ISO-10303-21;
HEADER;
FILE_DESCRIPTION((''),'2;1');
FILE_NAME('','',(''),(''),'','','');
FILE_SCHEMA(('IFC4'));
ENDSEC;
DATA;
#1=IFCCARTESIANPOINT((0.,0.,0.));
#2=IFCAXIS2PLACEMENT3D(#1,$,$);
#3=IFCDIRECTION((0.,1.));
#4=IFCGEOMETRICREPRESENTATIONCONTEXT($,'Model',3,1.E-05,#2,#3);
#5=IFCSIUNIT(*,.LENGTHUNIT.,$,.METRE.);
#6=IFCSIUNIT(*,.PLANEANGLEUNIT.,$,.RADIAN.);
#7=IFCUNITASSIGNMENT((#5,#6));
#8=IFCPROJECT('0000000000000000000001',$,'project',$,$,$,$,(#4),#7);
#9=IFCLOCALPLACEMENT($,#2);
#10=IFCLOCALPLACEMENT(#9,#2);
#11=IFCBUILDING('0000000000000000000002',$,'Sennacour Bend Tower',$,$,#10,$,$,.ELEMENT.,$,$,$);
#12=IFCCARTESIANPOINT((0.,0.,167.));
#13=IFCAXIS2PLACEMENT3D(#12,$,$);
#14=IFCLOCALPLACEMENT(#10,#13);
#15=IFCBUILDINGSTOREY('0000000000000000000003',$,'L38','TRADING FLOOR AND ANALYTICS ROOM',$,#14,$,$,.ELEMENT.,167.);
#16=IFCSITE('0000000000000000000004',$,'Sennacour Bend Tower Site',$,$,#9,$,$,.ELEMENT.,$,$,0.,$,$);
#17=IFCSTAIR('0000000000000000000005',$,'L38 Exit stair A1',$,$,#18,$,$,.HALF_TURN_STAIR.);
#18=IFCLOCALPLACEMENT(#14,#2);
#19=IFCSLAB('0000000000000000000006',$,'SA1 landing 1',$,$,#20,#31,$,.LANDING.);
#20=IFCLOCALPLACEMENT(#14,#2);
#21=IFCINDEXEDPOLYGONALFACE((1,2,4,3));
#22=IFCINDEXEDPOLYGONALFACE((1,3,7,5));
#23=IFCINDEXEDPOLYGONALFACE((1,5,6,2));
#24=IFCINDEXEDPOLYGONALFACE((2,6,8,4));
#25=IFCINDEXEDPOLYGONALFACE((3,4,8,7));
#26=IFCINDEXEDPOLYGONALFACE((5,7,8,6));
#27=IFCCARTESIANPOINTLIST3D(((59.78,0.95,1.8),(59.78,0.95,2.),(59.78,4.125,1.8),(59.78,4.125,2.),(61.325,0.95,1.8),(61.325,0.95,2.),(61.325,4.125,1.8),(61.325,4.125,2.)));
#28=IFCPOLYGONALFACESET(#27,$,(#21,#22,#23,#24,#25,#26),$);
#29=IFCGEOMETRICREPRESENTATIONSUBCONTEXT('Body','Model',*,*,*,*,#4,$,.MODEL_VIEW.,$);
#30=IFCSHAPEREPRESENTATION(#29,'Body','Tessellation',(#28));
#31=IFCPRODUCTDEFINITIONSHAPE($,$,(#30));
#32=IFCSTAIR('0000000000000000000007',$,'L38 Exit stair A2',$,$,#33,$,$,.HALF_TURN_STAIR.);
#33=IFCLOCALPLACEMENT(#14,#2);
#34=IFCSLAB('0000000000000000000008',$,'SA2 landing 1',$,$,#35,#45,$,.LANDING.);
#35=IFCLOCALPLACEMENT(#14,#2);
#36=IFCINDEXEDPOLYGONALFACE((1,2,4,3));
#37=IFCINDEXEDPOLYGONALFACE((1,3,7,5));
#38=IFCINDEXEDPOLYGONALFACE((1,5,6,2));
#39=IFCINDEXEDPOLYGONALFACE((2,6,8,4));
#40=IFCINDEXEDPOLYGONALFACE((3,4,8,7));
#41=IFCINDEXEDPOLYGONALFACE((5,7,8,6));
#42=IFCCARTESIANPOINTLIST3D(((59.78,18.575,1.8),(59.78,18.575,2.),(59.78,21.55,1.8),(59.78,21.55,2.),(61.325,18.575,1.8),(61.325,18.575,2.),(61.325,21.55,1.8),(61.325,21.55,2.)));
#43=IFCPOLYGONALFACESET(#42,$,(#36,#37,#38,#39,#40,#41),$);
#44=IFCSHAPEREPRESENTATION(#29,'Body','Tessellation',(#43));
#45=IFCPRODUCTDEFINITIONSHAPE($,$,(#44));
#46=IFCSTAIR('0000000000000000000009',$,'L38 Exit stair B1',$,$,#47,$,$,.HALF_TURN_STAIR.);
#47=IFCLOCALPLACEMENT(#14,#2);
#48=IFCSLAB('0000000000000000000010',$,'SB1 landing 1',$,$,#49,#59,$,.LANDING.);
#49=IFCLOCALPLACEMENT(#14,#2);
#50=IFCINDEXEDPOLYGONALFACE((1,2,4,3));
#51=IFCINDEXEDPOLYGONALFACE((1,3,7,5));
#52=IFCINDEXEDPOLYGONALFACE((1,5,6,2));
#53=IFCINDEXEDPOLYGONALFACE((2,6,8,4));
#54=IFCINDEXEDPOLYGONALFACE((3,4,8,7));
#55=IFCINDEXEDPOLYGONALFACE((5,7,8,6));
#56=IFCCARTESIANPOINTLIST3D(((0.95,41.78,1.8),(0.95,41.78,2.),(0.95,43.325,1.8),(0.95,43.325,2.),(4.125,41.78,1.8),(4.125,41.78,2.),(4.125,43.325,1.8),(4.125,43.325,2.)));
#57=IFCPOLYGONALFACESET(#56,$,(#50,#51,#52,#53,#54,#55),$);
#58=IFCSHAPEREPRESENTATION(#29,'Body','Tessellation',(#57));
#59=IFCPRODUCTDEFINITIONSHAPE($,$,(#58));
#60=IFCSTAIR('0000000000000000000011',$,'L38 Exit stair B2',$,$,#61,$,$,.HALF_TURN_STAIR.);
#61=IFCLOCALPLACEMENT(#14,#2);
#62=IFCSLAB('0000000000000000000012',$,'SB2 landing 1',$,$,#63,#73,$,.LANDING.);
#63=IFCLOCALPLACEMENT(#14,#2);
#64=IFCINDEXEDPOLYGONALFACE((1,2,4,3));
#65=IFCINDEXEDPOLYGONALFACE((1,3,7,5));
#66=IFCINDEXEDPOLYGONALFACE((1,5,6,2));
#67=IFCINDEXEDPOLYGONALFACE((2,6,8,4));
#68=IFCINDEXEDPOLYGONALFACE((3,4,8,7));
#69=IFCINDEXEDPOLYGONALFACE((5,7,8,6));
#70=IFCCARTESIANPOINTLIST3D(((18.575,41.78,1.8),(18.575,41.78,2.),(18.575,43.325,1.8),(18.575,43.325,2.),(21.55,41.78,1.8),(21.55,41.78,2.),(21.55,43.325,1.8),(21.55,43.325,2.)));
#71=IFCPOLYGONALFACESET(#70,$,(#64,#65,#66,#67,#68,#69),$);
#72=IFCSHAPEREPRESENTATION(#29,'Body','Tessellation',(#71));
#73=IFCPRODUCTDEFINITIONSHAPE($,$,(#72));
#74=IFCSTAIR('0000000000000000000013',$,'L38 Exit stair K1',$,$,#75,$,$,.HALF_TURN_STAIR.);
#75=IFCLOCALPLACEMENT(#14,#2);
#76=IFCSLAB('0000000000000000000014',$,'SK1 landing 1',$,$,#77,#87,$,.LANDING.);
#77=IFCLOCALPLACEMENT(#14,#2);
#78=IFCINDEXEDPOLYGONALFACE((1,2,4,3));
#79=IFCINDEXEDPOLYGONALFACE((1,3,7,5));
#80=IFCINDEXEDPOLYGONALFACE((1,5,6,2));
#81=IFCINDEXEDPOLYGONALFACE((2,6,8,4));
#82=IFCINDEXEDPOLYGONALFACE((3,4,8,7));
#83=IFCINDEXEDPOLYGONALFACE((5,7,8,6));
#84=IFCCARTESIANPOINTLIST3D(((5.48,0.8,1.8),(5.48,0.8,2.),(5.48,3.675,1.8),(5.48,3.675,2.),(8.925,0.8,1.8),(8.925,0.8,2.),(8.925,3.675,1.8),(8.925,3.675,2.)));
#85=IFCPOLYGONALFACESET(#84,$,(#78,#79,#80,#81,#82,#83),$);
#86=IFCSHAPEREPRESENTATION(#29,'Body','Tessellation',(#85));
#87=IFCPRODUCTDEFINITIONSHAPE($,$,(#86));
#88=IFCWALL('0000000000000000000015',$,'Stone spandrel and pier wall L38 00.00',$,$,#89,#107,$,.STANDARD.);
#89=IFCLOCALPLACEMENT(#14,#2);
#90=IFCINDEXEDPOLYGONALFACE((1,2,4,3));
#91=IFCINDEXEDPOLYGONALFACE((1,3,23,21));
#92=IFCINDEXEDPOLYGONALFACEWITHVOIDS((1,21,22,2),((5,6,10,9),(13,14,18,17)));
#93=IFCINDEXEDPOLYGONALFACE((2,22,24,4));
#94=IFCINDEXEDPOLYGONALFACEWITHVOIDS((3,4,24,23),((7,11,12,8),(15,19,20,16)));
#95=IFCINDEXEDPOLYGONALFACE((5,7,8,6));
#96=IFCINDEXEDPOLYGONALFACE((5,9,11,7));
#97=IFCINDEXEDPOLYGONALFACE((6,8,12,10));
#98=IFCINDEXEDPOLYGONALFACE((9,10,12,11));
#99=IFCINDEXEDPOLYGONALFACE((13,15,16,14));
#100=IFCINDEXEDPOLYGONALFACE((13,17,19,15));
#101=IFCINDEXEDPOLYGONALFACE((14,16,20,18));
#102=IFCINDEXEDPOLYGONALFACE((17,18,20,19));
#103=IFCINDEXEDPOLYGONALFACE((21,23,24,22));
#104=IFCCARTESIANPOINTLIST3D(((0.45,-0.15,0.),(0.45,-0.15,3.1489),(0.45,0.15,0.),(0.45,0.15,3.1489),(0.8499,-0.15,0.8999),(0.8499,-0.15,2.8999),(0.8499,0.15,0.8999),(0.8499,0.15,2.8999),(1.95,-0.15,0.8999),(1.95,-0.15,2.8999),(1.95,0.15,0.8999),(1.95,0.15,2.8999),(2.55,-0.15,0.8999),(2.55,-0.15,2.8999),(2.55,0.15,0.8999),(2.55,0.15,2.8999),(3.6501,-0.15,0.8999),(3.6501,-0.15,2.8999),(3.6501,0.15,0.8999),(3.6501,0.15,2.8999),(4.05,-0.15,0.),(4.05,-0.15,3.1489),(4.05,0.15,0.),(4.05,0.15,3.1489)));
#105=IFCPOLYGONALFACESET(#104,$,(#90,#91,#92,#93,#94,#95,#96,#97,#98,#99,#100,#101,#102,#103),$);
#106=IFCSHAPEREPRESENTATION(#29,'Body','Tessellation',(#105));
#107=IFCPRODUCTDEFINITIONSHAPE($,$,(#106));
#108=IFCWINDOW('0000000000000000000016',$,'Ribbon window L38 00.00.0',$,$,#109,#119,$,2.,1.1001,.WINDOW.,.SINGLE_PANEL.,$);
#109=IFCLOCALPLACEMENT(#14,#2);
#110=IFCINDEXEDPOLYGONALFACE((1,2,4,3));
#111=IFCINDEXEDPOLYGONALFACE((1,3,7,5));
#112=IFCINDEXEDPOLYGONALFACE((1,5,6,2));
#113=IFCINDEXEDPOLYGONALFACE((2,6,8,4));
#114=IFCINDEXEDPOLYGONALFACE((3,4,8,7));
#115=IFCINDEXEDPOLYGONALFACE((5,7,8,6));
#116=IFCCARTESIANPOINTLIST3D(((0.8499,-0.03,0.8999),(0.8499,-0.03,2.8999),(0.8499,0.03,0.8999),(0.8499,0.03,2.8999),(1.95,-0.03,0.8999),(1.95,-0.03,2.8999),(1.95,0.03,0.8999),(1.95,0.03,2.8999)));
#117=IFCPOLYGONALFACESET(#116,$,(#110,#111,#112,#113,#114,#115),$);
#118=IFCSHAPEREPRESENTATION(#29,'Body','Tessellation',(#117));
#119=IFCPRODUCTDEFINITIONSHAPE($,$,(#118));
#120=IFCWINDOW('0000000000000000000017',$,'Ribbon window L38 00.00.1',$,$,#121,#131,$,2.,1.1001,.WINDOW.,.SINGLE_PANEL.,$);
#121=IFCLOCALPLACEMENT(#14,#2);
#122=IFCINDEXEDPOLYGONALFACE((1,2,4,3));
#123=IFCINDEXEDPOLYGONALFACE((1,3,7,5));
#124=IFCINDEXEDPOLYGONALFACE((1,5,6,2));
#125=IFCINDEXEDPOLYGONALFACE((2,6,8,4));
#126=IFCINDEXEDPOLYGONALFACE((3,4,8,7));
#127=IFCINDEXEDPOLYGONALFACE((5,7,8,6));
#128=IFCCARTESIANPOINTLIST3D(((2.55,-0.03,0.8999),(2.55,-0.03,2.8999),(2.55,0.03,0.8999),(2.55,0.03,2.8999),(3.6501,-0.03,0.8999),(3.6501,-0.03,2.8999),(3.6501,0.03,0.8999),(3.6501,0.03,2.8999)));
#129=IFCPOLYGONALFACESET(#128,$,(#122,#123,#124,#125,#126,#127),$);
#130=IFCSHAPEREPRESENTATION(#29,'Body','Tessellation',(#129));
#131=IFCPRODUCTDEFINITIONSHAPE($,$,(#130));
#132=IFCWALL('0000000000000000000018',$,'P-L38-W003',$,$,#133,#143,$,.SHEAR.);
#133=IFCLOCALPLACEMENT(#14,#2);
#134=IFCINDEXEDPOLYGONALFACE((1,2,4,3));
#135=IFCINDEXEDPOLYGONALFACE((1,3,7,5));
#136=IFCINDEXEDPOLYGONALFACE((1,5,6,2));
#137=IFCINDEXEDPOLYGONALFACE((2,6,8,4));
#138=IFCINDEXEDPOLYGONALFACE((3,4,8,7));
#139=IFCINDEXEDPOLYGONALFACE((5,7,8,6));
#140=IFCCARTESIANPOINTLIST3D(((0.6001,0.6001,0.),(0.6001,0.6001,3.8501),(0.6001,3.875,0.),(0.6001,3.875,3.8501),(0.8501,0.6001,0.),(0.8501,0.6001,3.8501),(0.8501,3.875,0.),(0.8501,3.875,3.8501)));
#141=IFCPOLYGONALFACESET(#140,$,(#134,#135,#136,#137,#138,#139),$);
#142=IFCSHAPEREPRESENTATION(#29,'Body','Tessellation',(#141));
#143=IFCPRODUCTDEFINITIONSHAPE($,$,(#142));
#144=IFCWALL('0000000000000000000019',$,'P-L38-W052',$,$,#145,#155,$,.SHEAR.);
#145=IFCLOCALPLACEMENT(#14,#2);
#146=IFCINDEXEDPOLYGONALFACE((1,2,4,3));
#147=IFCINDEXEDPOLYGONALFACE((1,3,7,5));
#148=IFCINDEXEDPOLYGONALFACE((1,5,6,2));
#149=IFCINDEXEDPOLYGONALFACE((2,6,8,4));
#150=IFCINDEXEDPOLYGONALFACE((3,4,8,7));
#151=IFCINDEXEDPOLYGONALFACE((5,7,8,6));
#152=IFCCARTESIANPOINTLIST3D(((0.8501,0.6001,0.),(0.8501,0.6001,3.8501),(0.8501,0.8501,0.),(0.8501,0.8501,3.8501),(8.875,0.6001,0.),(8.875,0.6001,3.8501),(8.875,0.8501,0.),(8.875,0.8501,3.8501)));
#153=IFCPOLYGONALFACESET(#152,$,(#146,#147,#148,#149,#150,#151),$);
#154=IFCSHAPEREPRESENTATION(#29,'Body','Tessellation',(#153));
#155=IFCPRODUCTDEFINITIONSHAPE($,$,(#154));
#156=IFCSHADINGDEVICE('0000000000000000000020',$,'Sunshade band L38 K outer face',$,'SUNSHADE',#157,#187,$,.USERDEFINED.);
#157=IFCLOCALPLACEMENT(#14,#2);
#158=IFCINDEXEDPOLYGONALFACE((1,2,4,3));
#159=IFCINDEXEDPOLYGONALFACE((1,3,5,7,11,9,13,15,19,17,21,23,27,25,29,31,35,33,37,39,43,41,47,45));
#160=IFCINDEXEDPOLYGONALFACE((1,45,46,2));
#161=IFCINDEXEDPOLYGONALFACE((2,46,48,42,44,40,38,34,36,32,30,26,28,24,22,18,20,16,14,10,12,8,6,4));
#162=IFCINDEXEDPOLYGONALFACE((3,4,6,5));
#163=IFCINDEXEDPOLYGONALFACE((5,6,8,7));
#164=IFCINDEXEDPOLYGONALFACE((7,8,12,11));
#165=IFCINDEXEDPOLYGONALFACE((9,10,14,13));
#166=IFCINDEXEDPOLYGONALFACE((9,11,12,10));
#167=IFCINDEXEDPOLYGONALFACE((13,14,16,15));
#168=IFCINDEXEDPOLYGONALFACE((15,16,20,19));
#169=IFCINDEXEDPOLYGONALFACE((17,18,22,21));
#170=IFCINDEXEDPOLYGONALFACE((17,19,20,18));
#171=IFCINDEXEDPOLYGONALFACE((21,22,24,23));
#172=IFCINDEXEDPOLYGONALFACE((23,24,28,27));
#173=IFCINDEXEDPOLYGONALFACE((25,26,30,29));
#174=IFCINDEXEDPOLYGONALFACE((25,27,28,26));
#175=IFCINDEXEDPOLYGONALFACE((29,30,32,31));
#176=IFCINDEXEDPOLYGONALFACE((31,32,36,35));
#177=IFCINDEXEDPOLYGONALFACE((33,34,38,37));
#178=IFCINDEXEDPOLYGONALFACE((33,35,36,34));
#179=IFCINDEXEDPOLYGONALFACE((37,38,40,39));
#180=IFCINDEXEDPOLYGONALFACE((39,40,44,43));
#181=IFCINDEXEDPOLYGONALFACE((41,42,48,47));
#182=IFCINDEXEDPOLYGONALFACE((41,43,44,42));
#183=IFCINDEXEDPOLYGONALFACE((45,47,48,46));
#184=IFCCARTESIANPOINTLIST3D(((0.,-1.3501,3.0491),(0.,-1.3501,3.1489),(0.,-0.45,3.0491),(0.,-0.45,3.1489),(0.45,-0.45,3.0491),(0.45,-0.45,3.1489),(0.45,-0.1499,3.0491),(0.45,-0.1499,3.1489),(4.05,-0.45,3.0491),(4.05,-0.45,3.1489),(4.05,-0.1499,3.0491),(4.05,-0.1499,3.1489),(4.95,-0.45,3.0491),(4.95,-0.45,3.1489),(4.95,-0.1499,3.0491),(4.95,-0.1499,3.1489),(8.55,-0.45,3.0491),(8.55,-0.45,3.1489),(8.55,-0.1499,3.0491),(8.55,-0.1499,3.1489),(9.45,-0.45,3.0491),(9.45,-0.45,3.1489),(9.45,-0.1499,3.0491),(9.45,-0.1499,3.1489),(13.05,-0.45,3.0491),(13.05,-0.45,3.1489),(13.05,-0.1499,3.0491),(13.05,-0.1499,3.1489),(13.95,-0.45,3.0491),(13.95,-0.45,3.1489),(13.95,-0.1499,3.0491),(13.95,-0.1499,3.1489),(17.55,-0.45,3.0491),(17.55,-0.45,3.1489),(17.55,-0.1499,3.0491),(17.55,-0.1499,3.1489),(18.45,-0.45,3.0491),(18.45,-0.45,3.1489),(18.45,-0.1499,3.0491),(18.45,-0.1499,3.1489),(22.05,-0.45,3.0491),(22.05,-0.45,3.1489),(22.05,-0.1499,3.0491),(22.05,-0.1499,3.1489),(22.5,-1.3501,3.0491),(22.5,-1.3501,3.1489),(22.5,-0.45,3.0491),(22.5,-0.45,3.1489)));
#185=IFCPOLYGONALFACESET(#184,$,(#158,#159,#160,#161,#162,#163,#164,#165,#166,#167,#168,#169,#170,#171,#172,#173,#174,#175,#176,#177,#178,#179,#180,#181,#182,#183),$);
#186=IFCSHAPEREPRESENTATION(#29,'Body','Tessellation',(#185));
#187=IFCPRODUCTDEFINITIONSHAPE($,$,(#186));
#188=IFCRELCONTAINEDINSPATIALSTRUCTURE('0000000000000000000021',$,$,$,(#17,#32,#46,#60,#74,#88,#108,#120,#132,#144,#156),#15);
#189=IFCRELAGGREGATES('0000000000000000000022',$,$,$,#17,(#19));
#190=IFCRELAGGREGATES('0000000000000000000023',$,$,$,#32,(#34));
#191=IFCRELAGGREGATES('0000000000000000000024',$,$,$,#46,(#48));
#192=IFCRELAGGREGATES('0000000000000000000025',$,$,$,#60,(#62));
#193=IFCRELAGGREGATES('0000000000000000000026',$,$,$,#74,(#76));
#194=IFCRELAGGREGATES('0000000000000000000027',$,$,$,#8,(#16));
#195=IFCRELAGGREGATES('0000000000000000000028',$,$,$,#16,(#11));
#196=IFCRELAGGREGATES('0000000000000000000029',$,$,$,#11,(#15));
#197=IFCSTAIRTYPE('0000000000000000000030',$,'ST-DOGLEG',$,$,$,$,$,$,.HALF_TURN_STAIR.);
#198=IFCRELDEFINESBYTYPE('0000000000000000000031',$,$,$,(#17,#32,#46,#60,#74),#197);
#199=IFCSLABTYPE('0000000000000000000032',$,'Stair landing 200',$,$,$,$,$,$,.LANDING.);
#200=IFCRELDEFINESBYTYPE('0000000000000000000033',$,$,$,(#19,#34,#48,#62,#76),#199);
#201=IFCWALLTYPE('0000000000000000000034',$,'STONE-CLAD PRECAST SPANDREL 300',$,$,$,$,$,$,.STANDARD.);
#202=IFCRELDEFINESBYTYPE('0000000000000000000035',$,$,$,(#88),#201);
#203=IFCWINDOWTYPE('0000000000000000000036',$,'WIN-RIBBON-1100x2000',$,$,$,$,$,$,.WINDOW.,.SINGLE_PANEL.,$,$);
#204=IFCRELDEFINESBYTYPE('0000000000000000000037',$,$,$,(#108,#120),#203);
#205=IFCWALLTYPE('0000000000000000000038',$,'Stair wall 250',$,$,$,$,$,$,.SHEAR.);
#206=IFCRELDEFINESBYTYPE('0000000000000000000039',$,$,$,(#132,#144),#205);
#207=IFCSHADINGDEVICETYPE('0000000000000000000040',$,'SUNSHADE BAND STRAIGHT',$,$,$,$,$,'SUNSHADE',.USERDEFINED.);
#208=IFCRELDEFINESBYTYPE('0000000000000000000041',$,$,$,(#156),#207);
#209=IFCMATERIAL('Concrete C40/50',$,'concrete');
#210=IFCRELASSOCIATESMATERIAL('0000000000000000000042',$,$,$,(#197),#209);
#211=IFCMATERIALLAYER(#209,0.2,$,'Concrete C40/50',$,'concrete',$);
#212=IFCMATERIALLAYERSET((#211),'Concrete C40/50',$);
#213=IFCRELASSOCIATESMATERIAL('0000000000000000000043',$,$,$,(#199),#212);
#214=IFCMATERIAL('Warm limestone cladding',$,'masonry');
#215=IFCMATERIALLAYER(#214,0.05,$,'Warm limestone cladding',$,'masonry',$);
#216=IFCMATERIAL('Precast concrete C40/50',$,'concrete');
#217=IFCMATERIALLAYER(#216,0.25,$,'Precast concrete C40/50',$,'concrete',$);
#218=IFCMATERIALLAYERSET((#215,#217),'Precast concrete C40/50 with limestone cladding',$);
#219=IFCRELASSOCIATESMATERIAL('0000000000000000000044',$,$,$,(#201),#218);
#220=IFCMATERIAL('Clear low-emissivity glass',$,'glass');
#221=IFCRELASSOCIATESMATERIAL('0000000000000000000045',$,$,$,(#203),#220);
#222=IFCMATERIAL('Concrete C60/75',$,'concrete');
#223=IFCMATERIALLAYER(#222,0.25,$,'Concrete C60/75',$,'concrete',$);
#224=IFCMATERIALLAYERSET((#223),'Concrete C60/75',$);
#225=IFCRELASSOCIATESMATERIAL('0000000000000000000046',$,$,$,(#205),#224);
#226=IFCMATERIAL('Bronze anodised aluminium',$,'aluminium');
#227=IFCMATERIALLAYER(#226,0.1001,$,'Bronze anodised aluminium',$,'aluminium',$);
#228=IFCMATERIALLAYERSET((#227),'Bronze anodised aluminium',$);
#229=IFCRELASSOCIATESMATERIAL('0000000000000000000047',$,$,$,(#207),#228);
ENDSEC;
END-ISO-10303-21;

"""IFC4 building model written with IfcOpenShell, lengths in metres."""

from ifc_helpers import new_model, si_unit, direction, frame, frame_2d, origin, place, context, subcontext, project, spatial, polyline, rectangle, outline, extrude, material, layer, layer_set, type_object, element, fill, aggregate, save


model = new_model("IFC4")

# Units and contexts
model_context = context("Model", 3, precision=1e-05, world=origin(), true_north=direction((0.0, 1.0)))
body_context = subcontext(model_context, "Body", "Model", "MODEL_VIEW")
ifc_project = project(units=[si_unit("LENGTHUNIT", "METRE"), si_unit("PLANEANGLEUNIT", "RADIAN")], contexts=[model_context])

# Site, building, storey
site_placement = place(None, origin())
site = spatial("IfcSite", under=ifc_project, at=site_placement, Name="Sennacour Bend Tower Site", CompositionType="ELEMENT", RefElevation=0.0)
building_placement = place(site_placement, origin())
building = spatial("IfcBuilding", under=site, at=building_placement, Name="Sennacour Bend Tower", CompositionType="ELEMENT")
storey_placement = place(building_placement, frame((0.0, 0.0, 167.0)))
storey = spatial("IfcBuildingStorey", under=building, at=storey_placement, Name="L38", Description="TRADING FLOOR AND ANALYTICS ROOM", CompositionType="ELEMENT", Elevation=167.0)

# Shared definitions
ifc_material_1 = material(Name="Concrete C40/50", Category="concrete")

# Stairs, slabs
stair_type = type_object("IfcStairType", Name="ST-DOGLEG", PredefinedType="HALF_TURN_STAIR", material=ifc_material_1)
stair_1_placement = place(storey_placement, origin())
stair_1 = element("IfcStair", 1, at=stair_1_placement, inside=storey, type_object=stair_type, Name="L38 Exit stair A1", PredefinedType="HALF_TURN_STAIR")
ifc_layer_1 = layer(ifc_material_1, 0.2, Name="Concrete C40/50", Category="concrete")
ifc_layer_set_1 = layer_set([ifc_layer_1], Name="Concrete C40/50")
slab_type_1 = type_object("IfcSlabType", Name="Stair landing 200", PredefinedType="LANDING", material=ifc_layer_set_1)
slab_1_placement = place(storey_placement, frame((0.0, 0.0, 1.8)))
slab_1 = element("IfcSlab", 2, at=slab_1_placement, type_object=slab_type_1, Name="SA1 landing 1", PredefinedType="LANDING", context=body_context, shape_type="SweptSolid", body=[
    extrude(outline(polyline([(59.78, 0.95), (61.325, 0.95), (61.325, 4.125), (59.78, 4.125), (59.78, 0.95)])), origin(), (0.0, 0.0, 1.0), 0.2),
])
aggregate(stair_1, [slab_1])
stair_2_placement = place(storey_placement, origin())
stair_2 = element("IfcStair", 3, at=stair_2_placement, inside=storey, type_object=stair_type, Name="L38 Exit stair A2", PredefinedType="HALF_TURN_STAIR")
slab_2_placement = place(storey_placement, frame((0.0, 0.0, 1.8)))
slab_2 = element("IfcSlab", 4, at=slab_2_placement, type_object=slab_type_1, Name="SA2 landing 1", PredefinedType="LANDING", context=body_context, shape_type="SweptSolid", body=[
    extrude(outline(polyline([(59.78, 18.575), (61.325, 18.575), (61.325, 21.55), (59.78, 21.55), (59.78, 18.575)])), origin(), (0.0, 0.0, 1.0), 0.2),
])
aggregate(stair_2, [slab_2])
stair_3_placement = place(storey_placement, origin())
stair_3 = element("IfcStair", 5, at=stair_3_placement, inside=storey, type_object=stair_type, Name="L38 Exit stair B1", PredefinedType="HALF_TURN_STAIR")
slab_3_placement = place(storey_placement, frame((0.0, 0.0, 1.8)))
slab_3 = element("IfcSlab", 6, at=slab_3_placement, type_object=slab_type_1, Name="SB1 landing 1", PredefinedType="LANDING", context=body_context, shape_type="SweptSolid", body=[
    extrude(outline(polyline([(0.95, 41.78), (4.125, 41.78), (4.125, 43.325), (0.95, 43.325), (0.95, 41.78)])), origin(), (0.0, 0.0, 1.0), 0.2),
])
aggregate(stair_3, [slab_3])
stair_4_placement = place(storey_placement, origin())
stair_4 = element("IfcStair", 7, at=stair_4_placement, inside=storey, type_object=stair_type, Name="L38 Exit stair B2", PredefinedType="HALF_TURN_STAIR")
slab_4_placement = place(storey_placement, frame((0.0, 0.0, 1.8)))
slab_4 = element("IfcSlab", 8, at=slab_4_placement, type_object=slab_type_1, Name="SB2 landing 1", PredefinedType="LANDING", context=body_context, shape_type="SweptSolid", body=[
    extrude(outline(polyline([(18.575, 41.78), (21.55, 41.78), (21.55, 43.325), (18.575, 43.325), (18.575, 41.78)])), origin(), (0.0, 0.0, 1.0), 0.2),
])
aggregate(stair_4, [slab_4])
stair_5_placement = place(storey_placement, origin())
stair_5 = element("IfcStair", 9, at=stair_5_placement, inside=storey, type_object=stair_type, Name="L38 Exit stair K1", PredefinedType="HALF_TURN_STAIR")
slab_5_placement = place(storey_placement, frame((0.0, 0.0, 1.8)))
slab_5 = element("IfcSlab", 10, at=slab_5_placement, type_object=slab_type_1, Name="SK1 landing 1", PredefinedType="LANDING", context=body_context, shape_type="SweptSolid", body=[
    extrude(outline(polyline([(5.48, 0.8), (8.925, 0.8), (8.925, 3.675), (5.48, 3.675), (5.48, 0.8)])), origin(), (0.0, 0.0, 1.0), 0.2),
])
aggregate(stair_5, [slab_5])

# Wall, openings, windows
ifc_material_2 = material(Name="Warm limestone cladding", Category="masonry")
ifc_layer_2 = layer(ifc_material_2, 0.05, Name="Warm limestone cladding", Category="masonry")
ifc_material_3 = material(Name="Precast concrete C40/50", Category="concrete")
ifc_layer_3 = layer(ifc_material_3, 0.25, Name="Precast concrete C40/50", Category="concrete")
ifc_layer_set_2 = layer_set([ifc_layer_2, ifc_layer_3], Name="Precast concrete C40/50 with limestone cladding")
wall_type_1 = type_object("IfcWallType", Name="STONE-CLAD PRECAST SPANDREL 300", PredefinedType="STANDARD", material=ifc_layer_set_2)
wall_1_placement = place(storey_placement, frame((0.45, 0.0, 0.0), z_axis=(0.0, 0.0, 1.0), x_axis=(1.0, 0.0, 0.0)))
wall_1 = element("IfcWall", 11, at=wall_1_placement, inside=storey, type_object=wall_type_1, Name="Stone spandrel and pier wall L38 00.00", PredefinedType="STANDARD", context=body_context, shape_type="SweptSolid", body=[
    extrude(rectangle(XDim=3.6001, YDim=0.3, at=frame_2d((1.8, 0.0))), origin(), (0.0, 0.0, 1.0), 3.1489),
])
opening_1_placement = place(wall_1_placement, frame((0.3999, 0.0, 0.8999)))
opening_1 = element("IfcOpeningElement", 12, at=opening_1_placement, cuts=wall_1, PredefinedType="OPENING", context=body_context, shape_type="SweptSolid", body=[
    extrude(rectangle(XDim=1.1001, YDim=2.0, at=frame_2d((0.55, 1.0))), frame((0.0, 0.1602, 0.0), z_axis=(0.0, -1.0, 0.0), x_axis=(1.0, 0.0, 0.0)), (0.0, 0.0, 1.0), 0.3201),
])
opening_2_placement = place(wall_1_placement, frame((2.1001, 0.0, 0.8999)))
opening_2 = element("IfcOpeningElement", 13, at=opening_2_placement, cuts=wall_1, PredefinedType="OPENING", context=body_context, shape_type="SweptSolid", body=[
    extrude(rectangle(XDim=1.1001, YDim=2.0, at=frame_2d((0.55, 1.0))), frame((0.0, 0.1602, 0.0), z_axis=(0.0, -1.0, 0.0), x_axis=(1.0, 0.0, 0.0)), (0.0, 0.0, 1.0), 0.3201),
])
ifc_material_4 = material(Name="Clear low-emissivity glass", Category="glass")
window_type = type_object("IfcWindowType", Name="WIN-RIBBON-1100x2000", PartitioningType="SINGLE_PANEL", PredefinedType="WINDOW", material=ifc_material_4)
window_1_placement = place(opening_1_placement, origin())
window_1 = element("IfcWindow", 14, at=window_1_placement, inside=storey, type_object=window_type, Name="Ribbon window L38 00.00.0", OverallHeight=2.0, OverallWidth=1.1001, PartitioningType="SINGLE_PANEL", PredefinedType="WINDOW", context=body_context, shape_type="SweptSolid", body=[
    extrude(rectangle(XDim=1.1001, YDim=2.0, at=frame_2d((0.55, 1.0))), frame((0.0, 0.03, 0.0), z_axis=(0.0, -1.0, 0.0), x_axis=(1.0, 0.0, 0.0)), (0.0, 0.0, 1.0), 0.0601),
])
fill(opening_1, window_1)
window_2_placement = place(opening_2_placement, origin())
window_2 = element("IfcWindow", 15, at=window_2_placement, inside=storey, type_object=window_type, Name="Ribbon window L38 00.00.1", OverallHeight=2.0, OverallWidth=1.1001, PartitioningType="SINGLE_PANEL", PredefinedType="WINDOW", context=body_context, shape_type="SweptSolid", body=[
    extrude(rectangle(XDim=1.1001, YDim=2.0, at=frame_2d((0.55, 1.0))), frame((0.0, 0.03, 0.0), z_axis=(0.0, -1.0, 0.0), x_axis=(1.0, 0.0, 0.0)), (0.0, 0.0, 1.0), 0.0601),
])
fill(opening_2, window_2)

# Walls
ifc_material_5 = material(Name="Concrete C60/75", Category="concrete")
ifc_layer_4 = layer(ifc_material_5, 0.25, Name="Concrete C60/75", Category="concrete")
ifc_layer_set_3 = layer_set([ifc_layer_4], Name="Concrete C60/75")
wall_type_2 = type_object("IfcWallType", Name="Stair wall 250", PredefinedType="SHEAR", material=ifc_layer_set_3)
wall_2_placement = place(storey_placement, frame((0.7251, 0.6001, 0.0), z_axis=(0.0, 0.0, 1.0), x_axis=(0.0, 1.0, 0.0)))
element("IfcWall", 16, at=wall_2_placement, inside=storey, type_object=wall_type_2, Name="P-L38-W003", PredefinedType="SHEAR", context=body_context, shape_type="SweptSolid", body=[
    extrude(rectangle(XDim=3.2749, YDim=0.25, at=frame_2d((1.6375, 0.0))), origin(), (0.0, 0.0, 1.0), 3.8501),
])
wall_3_placement = place(storey_placement, frame((0.8501, 0.7251, 0.0), z_axis=(0.0, 0.0, 1.0), x_axis=(1.0, 0.0, 0.0)))
element("IfcWall", 17, at=wall_3_placement, inside=storey, type_object=wall_type_2, Name="P-L38-W052", PredefinedType="SHEAR", context=body_context, shape_type="SweptSolid", body=[
    extrude(rectangle(XDim=8.0249, YDim=0.25, at=frame_2d((4.0125, 0.0))), origin(), (0.0, 0.0, 1.0), 3.8501),
])

# Shading device
ifc_material_6 = material(Name="Bronze anodised aluminium", Category="aluminium")
ifc_layer_5 = layer(ifc_material_6, 0.1001, Name="Bronze anodised aluminium", Category="aluminium")
ifc_layer_set_4 = layer_set([ifc_layer_5], Name="Bronze anodised aluminium")
shading_device_type_1 = type_object("IfcShadingDeviceType", Name="SUNSHADE BAND STRAIGHT", ElementType="SUNSHADE", PredefinedType="USERDEFINED", material=ifc_layer_set_4)
shading_device_1_placement = place(storey_placement, frame((0.0, 0.0, 3.0491)))
element("IfcShadingDevice", 18, at=shading_device_1_placement, inside=storey, type_object=shading_device_type_1, Name="Sunshade band L38 K outer face", ObjectType="SUNSHADE", PredefinedType="USERDEFINED", context=body_context, shape_type="SweptSolid", body=[
    extrude(outline(polyline([(4.05, -0.1499), (4.05, -0.45), (4.95, -0.45), (4.95, -0.1499), (8.55, -0.1499), (8.55, -0.45), (9.45, -0.45), (9.45, -0.1499), (13.05, -0.1499), (13.05, -0.45), (13.95, -0.45), (13.95, -0.1499), (17.55, -0.1499), (17.55, -0.45), (18.45, -0.45), (18.45, -0.1499), (22.05, -0.1499), (22.05, -0.45), (22.5, -0.45), (22.5, -1.3501), (0.0, -1.3501), (0.0, -0.45), (0.45, -0.45), (0.45, -0.1499), (4.05, -0.1499)])), origin(), (0.0, 0.0, 1.0), 0.0999),
])

save(model, "model.ifc")
